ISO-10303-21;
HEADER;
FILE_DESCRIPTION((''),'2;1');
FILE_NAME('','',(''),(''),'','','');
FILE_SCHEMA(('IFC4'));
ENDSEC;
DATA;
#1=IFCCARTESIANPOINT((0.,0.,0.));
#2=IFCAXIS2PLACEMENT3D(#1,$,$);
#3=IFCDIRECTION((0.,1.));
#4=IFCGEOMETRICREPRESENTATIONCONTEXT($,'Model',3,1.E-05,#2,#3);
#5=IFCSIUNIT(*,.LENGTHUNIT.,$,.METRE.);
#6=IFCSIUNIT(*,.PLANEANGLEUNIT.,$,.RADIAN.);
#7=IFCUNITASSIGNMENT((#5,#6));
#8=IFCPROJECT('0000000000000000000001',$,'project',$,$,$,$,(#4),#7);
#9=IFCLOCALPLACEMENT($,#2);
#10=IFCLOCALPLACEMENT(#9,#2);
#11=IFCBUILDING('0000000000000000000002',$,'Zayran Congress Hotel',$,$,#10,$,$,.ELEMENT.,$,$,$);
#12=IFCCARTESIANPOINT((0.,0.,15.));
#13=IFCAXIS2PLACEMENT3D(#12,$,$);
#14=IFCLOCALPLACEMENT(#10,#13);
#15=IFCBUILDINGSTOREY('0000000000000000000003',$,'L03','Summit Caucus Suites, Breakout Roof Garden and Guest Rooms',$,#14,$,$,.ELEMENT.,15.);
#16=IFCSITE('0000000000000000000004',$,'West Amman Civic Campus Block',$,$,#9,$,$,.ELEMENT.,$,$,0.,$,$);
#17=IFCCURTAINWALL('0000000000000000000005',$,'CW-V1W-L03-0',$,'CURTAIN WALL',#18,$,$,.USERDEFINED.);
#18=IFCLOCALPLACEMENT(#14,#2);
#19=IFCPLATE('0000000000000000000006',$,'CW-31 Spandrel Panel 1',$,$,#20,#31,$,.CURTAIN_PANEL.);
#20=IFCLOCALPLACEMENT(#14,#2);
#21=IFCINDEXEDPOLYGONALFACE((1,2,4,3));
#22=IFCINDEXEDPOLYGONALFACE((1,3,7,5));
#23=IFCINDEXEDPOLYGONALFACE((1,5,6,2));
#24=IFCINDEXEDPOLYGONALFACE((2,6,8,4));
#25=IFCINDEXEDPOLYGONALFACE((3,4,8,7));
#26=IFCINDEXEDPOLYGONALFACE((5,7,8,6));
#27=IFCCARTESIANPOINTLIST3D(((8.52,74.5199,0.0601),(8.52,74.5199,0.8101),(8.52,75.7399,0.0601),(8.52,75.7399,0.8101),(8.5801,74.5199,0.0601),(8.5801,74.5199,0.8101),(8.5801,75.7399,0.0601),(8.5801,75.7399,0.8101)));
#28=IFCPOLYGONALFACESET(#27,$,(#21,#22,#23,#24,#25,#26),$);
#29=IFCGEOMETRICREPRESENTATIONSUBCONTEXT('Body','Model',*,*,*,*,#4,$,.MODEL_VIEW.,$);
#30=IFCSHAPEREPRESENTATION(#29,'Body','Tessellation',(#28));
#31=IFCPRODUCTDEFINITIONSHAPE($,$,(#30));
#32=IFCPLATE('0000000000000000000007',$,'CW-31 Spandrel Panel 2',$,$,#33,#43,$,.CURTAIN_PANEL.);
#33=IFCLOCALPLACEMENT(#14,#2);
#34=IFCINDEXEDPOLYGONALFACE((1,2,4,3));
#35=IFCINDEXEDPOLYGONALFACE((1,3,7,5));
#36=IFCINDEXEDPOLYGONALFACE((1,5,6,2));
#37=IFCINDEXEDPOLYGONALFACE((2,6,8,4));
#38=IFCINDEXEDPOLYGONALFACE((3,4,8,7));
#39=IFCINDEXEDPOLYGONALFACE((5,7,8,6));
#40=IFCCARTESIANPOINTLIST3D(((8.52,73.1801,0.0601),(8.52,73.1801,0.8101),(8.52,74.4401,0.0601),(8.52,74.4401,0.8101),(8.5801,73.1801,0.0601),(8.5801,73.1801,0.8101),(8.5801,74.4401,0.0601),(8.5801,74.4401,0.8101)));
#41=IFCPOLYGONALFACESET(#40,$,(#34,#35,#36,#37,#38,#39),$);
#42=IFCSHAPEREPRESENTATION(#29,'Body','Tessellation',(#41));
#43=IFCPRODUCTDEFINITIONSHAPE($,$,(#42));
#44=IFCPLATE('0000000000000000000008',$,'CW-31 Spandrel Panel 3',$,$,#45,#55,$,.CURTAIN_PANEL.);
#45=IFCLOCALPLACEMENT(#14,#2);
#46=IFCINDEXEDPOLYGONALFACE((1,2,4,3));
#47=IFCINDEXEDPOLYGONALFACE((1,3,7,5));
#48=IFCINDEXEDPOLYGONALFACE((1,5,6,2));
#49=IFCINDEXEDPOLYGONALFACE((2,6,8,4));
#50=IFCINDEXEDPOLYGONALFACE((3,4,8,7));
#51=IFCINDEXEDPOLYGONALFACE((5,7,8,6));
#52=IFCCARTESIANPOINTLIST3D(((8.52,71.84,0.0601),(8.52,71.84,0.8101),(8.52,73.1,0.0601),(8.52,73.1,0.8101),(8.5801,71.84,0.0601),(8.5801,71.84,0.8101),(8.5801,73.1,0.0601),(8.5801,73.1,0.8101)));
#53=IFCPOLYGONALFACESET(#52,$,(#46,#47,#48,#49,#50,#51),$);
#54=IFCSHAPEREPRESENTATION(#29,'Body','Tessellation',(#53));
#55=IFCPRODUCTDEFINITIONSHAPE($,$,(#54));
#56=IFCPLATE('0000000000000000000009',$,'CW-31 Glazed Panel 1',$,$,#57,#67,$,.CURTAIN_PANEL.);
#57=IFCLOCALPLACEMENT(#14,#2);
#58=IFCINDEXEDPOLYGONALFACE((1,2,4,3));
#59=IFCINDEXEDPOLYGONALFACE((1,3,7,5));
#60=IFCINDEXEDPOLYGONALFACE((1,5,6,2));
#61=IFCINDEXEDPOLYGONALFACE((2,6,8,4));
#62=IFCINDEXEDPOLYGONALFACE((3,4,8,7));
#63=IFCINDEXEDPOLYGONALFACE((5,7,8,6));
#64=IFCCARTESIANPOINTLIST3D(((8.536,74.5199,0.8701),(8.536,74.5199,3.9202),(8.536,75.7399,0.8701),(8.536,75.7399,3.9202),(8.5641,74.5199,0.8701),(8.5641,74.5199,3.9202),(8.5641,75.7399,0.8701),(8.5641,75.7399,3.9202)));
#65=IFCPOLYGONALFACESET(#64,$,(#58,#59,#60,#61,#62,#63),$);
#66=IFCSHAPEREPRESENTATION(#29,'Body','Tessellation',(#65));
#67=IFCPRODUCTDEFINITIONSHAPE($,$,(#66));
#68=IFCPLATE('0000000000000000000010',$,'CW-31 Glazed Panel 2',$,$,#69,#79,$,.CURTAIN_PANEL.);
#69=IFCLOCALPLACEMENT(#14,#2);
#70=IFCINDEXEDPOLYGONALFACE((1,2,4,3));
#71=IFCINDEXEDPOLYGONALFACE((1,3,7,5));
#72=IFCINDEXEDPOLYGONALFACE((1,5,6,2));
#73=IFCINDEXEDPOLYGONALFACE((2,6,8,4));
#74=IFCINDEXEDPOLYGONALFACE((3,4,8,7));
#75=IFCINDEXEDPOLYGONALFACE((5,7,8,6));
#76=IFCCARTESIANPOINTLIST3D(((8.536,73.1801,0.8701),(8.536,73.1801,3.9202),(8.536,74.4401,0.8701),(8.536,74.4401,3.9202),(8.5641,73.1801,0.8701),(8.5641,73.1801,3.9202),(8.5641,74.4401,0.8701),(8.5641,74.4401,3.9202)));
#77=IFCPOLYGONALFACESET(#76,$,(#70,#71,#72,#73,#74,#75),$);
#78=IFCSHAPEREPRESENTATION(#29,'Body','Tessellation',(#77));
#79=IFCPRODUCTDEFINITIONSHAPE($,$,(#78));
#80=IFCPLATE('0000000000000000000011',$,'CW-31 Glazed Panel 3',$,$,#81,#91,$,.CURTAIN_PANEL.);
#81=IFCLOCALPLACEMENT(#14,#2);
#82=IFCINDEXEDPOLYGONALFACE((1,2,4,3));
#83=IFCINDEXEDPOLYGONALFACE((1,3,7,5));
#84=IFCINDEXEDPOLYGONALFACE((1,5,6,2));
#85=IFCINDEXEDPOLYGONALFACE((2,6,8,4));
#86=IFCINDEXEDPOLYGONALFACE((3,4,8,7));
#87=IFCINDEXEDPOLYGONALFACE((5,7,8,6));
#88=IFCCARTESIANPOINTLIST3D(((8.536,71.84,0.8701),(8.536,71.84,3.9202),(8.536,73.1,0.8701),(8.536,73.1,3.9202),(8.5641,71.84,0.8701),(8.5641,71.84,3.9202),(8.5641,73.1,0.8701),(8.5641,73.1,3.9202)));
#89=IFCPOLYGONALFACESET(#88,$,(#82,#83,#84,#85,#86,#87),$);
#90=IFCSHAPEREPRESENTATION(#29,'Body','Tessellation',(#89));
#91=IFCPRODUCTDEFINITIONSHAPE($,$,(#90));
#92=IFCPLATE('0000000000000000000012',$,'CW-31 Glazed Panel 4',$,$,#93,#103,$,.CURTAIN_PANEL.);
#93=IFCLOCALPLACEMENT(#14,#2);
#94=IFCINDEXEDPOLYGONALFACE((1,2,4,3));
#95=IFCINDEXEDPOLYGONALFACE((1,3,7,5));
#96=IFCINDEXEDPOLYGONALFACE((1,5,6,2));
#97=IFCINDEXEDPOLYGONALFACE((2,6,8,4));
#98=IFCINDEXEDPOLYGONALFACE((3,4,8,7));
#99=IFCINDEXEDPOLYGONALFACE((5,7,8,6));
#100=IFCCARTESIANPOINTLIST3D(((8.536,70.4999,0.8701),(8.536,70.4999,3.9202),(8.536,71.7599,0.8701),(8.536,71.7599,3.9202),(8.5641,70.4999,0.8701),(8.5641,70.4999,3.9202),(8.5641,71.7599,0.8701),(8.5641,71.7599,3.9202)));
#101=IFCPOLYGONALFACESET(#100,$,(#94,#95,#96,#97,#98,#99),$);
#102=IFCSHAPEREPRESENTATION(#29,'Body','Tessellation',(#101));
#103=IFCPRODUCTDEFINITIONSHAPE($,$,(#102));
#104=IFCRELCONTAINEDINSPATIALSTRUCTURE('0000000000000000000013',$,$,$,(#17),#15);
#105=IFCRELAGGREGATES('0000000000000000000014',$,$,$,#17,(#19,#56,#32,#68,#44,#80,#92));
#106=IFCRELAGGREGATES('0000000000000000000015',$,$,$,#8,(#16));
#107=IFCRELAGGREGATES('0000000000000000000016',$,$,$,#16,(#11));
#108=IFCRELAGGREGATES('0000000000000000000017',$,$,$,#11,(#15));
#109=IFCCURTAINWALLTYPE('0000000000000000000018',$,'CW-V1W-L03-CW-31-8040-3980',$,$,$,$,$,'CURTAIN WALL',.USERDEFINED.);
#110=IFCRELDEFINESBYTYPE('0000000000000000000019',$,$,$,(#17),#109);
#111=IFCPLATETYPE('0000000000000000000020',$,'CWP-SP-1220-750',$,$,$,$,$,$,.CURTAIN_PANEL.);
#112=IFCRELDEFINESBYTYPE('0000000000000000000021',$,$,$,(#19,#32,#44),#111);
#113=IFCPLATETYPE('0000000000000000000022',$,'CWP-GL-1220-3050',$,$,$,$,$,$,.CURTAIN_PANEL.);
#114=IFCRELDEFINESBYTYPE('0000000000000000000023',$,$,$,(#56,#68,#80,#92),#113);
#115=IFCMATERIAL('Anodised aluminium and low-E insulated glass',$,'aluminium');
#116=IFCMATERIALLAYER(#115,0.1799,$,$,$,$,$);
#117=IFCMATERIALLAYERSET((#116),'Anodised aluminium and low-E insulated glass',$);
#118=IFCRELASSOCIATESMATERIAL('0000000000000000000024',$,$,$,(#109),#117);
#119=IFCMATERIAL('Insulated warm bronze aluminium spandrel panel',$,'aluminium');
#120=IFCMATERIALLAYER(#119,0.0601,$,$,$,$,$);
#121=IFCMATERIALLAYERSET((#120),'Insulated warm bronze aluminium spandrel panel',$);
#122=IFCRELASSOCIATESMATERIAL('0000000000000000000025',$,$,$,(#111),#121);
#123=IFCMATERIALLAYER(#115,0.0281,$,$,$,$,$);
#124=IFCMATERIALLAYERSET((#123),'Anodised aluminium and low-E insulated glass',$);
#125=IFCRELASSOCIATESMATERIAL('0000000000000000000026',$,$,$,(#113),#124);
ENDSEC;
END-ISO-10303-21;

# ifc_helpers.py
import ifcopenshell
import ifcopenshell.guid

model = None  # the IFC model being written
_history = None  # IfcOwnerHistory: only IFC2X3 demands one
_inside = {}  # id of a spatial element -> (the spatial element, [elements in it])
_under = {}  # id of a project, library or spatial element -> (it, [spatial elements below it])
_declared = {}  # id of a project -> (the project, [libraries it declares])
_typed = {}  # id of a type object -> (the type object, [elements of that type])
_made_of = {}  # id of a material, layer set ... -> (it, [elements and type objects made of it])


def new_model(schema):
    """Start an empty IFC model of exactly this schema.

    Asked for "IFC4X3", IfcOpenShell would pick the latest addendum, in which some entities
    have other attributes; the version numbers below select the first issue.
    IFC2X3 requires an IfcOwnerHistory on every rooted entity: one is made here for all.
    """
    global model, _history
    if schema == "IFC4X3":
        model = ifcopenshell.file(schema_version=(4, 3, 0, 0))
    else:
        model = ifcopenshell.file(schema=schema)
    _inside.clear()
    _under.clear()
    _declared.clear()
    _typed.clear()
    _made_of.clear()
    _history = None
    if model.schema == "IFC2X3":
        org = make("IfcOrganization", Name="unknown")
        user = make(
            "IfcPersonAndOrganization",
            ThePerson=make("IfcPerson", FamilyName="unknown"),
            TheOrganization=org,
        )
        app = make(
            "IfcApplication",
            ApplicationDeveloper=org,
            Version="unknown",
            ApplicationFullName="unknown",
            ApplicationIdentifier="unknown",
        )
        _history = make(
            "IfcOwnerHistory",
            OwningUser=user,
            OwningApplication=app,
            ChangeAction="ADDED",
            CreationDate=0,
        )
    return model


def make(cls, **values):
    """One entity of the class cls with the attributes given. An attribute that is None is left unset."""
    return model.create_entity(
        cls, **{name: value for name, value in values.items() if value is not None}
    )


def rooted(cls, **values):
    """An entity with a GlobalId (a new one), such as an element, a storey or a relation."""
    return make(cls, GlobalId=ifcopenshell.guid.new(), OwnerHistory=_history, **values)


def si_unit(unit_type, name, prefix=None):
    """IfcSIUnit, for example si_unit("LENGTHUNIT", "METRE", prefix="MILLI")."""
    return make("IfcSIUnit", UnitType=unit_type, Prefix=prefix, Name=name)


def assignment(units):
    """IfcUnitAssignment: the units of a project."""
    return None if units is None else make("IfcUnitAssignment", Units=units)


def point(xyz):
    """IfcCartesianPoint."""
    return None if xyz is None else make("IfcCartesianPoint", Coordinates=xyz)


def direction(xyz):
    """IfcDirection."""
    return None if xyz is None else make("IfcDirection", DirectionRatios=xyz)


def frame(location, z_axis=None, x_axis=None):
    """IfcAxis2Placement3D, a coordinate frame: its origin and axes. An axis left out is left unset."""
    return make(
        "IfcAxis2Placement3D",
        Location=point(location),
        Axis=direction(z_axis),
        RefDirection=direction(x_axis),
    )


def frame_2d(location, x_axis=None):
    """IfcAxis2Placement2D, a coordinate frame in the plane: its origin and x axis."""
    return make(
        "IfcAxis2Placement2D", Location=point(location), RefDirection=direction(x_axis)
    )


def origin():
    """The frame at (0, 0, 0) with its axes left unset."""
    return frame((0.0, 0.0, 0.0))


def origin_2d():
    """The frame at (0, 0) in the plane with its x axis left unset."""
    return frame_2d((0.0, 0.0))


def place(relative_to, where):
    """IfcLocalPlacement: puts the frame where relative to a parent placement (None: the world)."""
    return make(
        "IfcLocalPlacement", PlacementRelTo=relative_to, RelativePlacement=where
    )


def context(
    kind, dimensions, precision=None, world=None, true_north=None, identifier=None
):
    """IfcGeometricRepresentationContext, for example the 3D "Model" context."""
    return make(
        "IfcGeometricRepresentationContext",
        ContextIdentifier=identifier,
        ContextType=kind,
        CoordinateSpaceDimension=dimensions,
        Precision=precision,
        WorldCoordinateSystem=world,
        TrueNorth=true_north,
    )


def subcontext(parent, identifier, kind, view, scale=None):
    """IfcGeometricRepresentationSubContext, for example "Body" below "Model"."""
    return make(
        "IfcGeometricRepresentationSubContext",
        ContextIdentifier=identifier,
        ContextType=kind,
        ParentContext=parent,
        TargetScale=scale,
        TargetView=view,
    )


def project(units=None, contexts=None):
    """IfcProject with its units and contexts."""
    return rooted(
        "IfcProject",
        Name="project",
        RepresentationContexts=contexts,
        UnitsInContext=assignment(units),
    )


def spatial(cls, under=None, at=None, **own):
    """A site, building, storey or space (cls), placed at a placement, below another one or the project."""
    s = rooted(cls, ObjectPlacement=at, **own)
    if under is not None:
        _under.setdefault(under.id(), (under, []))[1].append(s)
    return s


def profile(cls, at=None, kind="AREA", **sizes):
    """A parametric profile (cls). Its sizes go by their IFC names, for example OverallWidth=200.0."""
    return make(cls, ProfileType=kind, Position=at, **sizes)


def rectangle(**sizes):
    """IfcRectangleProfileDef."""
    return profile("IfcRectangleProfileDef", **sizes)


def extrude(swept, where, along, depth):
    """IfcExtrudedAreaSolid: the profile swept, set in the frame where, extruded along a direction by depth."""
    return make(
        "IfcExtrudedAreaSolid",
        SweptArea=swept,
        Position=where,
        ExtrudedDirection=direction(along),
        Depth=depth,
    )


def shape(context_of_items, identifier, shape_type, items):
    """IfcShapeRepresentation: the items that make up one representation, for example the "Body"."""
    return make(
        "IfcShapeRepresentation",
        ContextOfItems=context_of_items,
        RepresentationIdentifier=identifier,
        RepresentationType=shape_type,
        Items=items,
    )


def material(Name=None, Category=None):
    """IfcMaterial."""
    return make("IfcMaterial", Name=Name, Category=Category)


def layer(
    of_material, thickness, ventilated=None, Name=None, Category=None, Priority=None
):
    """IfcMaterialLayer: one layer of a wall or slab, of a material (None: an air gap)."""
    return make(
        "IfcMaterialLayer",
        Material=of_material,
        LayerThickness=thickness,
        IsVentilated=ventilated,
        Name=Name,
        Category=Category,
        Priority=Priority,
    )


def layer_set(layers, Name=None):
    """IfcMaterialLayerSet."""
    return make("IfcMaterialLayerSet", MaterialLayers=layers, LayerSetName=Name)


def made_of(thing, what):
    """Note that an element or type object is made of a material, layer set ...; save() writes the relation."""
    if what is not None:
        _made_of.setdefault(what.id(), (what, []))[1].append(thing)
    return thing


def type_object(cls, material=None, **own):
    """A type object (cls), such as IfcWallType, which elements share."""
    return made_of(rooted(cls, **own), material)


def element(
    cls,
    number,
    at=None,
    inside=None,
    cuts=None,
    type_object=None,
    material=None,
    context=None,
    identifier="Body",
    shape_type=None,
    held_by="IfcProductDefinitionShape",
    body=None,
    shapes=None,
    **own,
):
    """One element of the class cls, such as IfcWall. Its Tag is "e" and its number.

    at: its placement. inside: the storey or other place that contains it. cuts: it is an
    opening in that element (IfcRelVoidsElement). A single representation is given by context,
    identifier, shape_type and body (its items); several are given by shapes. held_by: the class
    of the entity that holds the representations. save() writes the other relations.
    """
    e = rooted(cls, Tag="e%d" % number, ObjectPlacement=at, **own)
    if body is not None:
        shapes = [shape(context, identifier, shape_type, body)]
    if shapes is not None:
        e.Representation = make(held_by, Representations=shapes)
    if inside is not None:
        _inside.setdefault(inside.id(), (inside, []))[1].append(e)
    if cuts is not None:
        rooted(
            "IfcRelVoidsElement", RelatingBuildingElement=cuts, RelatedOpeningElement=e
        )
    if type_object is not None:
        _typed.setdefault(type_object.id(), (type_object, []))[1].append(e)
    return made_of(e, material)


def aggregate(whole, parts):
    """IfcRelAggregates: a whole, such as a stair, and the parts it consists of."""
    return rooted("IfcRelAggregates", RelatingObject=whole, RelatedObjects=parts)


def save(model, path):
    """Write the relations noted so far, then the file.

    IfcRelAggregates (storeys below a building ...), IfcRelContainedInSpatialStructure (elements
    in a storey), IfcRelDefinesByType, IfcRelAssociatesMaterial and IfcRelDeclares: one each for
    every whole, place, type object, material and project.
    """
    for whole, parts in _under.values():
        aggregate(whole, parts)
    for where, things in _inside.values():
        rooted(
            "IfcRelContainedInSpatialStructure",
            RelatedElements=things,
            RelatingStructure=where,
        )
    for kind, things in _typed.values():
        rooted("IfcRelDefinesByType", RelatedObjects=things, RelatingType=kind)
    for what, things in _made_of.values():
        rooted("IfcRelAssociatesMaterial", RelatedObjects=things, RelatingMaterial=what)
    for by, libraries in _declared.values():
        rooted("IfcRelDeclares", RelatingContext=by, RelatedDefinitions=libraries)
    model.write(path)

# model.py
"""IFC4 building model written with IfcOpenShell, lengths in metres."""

from ifc_helpers import new_model, si_unit, direction, frame, origin, origin_2d, place, context, subcontext, project, spatial, rectangle, extrude, material, layer, layer_set, type_object, element, aggregate, save


model = new_model("IFC4")

# Units and contexts
model_context = context("Model", 3, precision=1e-05, world=origin(), true_north=direction((0.0, 1.0)))
body_context = subcontext(model_context, "Body", "Model", "MODEL_VIEW")
ifc_project = project(units=[si_unit("LENGTHUNIT", "METRE"), si_unit("PLANEANGLEUNIT", "RADIAN")], contexts=[model_context])

# Site, building, storey
site_placement = place(None, origin())
site = spatial("IfcSite", under=ifc_project, at=site_placement, Name="West Amman Civic Campus Block", CompositionType="ELEMENT", RefElevation=0.0)
building_placement = place(site_placement, origin())
building = spatial("IfcBuilding", under=site, at=building_placement, Name="Zayran Congress Hotel", CompositionType="ELEMENT")
storey_placement = place(building_placement, frame((0.0, 0.0, 15.0)))
storey = spatial("IfcBuildingStorey", under=building, at=storey_placement, Name="L03", Description="Summit Caucus Suites, Breakout Roof Garden and Guest Rooms", CompositionType="ELEMENT", Elevation=15.0)

# Curtain wall, plates
ifc_material_1 = material(Name="Anodised aluminium and low-E insulated glass", Category="aluminium")
ifc_layer_1 = layer(ifc_material_1, 0.1799)
ifc_layer_set_1 = layer_set([ifc_layer_1], Name="Anodised aluminium and low-E insulated glass")
curtain_wall_type = type_object("IfcCurtainWallType", Name="CW-V1W-L03-CW-31-8040-3980", ElementType="CURTAIN WALL", PredefinedType="USERDEFINED", material=ifc_layer_set_1)
curtain_wall_placement = place(storey_placement, origin())
curtain_wall = element("IfcCurtainWall", 1, at=curtain_wall_placement, inside=storey, type_object=curtain_wall_type, Name="CW-V1W-L03-0", ObjectType="CURTAIN WALL", PredefinedType="USERDEFINED")
ifc_material_2 = material(Name="Insulated warm bronze aluminium spandrel panel", Category="aluminium")
ifc_layer_2 = layer(ifc_material_2, 0.0601)
ifc_layer_set_2 = layer_set([ifc_layer_2], Name="Insulated warm bronze aluminium spandrel panel")
plate_type_1 = type_object("IfcPlateType", Name="CWP-SP-1220-750", PredefinedType="CURTAIN_PANEL", material=ifc_layer_set_2)
plate_1_placement = place(storey_placement, frame((8.55, 75.1299, 0.0601), z_axis=(0.0, 0.0, 1.0), x_axis=(0.0, 1.0, 0.0)))
plate_1 = element("IfcPlate", 2, at=plate_1_placement, type_object=plate_type_1, Name="CW-31 Spandrel Panel 1", PredefinedType="CURTAIN_PANEL", context=body_context, shape_type="SweptSolid", body=[
    extrude(rectangle(XDim=1.22, YDim=0.0601, at=origin_2d()), origin(), (0.0, 0.0, 1.0), 0.75),
])
plate_2_placement = place(storey_placement, frame((8.55, 73.8101, 0.0601), z_axis=(0.0, 0.0, 1.0), x_axis=(0.0, 1.0, 0.0)))
plate_2 = element("IfcPlate", 3, at=plate_2_placement, type_object=plate_type_1, Name="CW-31 Spandrel Panel 2", PredefinedType="CURTAIN_PANEL", context=body_context, shape_type="SweptSolid", body=[
    extrude(rectangle(XDim=1.26, YDim=0.0601, at=origin_2d()), origin(), (0.0, 0.0, 1.0), 0.75),
])
plate_3_placement = place(storey_placement, frame((8.55, 72.47, 0.0601), z_axis=(0.0, 0.0, 1.0), x_axis=(0.0, 1.0, 0.0)))
plate_3 = element("IfcPlate", 4, at=plate_3_placement, type_object=plate_type_1, Name="CW-31 Spandrel Panel 3", PredefinedType="CURTAIN_PANEL", context=body_context, shape_type="SweptSolid", body=[
    extrude(rectangle(XDim=1.26, YDim=0.0601, at=origin_2d()), origin(), (0.0, 0.0, 1.0), 0.75),
])
ifc_layer_3 = layer(ifc_material_1, 0.0281)
ifc_layer_set_3 = layer_set([ifc_layer_3], Name="Anodised aluminium and low-E insulated glass")
plate_type_2 = type_object("IfcPlateType", Name="CWP-GL-1220-3050", PredefinedType="CURTAIN_PANEL", material=ifc_layer_set_3)
plate_4_placement = place(storey_placement, frame((8.55, 75.1299, 0.8701), z_axis=(0.0, 0.0, 1.0), x_axis=(0.0, 1.0, 0.0)))
plate_4 = element("IfcPlate", 5, at=plate_4_placement, type_object=plate_type_2, Name="CW-31 Glazed Panel 1", PredefinedType="CURTAIN_PANEL", context=body_context, shape_type="SweptSolid", body=[
    extrude(rectangle(XDim=1.22, YDim=0.0281, at=origin_2d()), origin(), (0.0, 0.0, 1.0), 3.05),
])
plate_5_placement = place(storey_placement, frame((8.55, 73.8101, 0.8701), z_axis=(0.0, 0.0, 1.0), x_axis=(0.0, 1.0, 0.0)))
plate_5 = element("IfcPlate", 6, at=plate_5_placement, type_object=plate_type_2, Name="CW-31 Glazed Panel 2", PredefinedType="CURTAIN_PANEL", context=body_context, shape_type="SweptSolid", body=[
    extrude(rectangle(XDim=1.26, YDim=0.0281, at=origin_2d()), origin(), (0.0, 0.0, 1.0), 3.05),
])
plate_6_placement = place(storey_placement, frame((8.55, 72.47, 0.8701), z_axis=(0.0, 0.0, 1.0), x_axis=(0.0, 1.0, 0.0)))
plate_6 = element("IfcPlate", 7, at=plate_6_placement, type_object=plate_type_2, Name="CW-31 Glazed Panel 3", PredefinedType="CURTAIN_PANEL", context=body_context, shape_type="SweptSolid", body=[
    extrude(rectangle(XDim=1.26, YDim=0.0281, at=origin_2d()), origin(), (0.0, 0.0, 1.0), 3.05),
])
plate_7_placement = place(storey_placement, frame((8.55, 71.1299, 0.8701), z_axis=(0.0, 0.0, 1.0), x_axis=(0.0, 1.0, 0.0)))
plate_7 = element("IfcPlate", 8, at=plate_7_placement, type_object=plate_type_2, Name="CW-31 Glazed Panel 4", PredefinedType="CURTAIN_PANEL", context=body_context, shape_type="SweptSolid", body=[
    extrude(rectangle(XDim=1.26, YDim=0.0281, at=origin_2d()), origin(), (0.0, 0.0, 1.0), 3.05),
])
aggregate(curtain_wall, [plate_1, plate_4, plate_2, plate_5, plate_3, plate_6, plate_7])

save(model, "model.ifc")
